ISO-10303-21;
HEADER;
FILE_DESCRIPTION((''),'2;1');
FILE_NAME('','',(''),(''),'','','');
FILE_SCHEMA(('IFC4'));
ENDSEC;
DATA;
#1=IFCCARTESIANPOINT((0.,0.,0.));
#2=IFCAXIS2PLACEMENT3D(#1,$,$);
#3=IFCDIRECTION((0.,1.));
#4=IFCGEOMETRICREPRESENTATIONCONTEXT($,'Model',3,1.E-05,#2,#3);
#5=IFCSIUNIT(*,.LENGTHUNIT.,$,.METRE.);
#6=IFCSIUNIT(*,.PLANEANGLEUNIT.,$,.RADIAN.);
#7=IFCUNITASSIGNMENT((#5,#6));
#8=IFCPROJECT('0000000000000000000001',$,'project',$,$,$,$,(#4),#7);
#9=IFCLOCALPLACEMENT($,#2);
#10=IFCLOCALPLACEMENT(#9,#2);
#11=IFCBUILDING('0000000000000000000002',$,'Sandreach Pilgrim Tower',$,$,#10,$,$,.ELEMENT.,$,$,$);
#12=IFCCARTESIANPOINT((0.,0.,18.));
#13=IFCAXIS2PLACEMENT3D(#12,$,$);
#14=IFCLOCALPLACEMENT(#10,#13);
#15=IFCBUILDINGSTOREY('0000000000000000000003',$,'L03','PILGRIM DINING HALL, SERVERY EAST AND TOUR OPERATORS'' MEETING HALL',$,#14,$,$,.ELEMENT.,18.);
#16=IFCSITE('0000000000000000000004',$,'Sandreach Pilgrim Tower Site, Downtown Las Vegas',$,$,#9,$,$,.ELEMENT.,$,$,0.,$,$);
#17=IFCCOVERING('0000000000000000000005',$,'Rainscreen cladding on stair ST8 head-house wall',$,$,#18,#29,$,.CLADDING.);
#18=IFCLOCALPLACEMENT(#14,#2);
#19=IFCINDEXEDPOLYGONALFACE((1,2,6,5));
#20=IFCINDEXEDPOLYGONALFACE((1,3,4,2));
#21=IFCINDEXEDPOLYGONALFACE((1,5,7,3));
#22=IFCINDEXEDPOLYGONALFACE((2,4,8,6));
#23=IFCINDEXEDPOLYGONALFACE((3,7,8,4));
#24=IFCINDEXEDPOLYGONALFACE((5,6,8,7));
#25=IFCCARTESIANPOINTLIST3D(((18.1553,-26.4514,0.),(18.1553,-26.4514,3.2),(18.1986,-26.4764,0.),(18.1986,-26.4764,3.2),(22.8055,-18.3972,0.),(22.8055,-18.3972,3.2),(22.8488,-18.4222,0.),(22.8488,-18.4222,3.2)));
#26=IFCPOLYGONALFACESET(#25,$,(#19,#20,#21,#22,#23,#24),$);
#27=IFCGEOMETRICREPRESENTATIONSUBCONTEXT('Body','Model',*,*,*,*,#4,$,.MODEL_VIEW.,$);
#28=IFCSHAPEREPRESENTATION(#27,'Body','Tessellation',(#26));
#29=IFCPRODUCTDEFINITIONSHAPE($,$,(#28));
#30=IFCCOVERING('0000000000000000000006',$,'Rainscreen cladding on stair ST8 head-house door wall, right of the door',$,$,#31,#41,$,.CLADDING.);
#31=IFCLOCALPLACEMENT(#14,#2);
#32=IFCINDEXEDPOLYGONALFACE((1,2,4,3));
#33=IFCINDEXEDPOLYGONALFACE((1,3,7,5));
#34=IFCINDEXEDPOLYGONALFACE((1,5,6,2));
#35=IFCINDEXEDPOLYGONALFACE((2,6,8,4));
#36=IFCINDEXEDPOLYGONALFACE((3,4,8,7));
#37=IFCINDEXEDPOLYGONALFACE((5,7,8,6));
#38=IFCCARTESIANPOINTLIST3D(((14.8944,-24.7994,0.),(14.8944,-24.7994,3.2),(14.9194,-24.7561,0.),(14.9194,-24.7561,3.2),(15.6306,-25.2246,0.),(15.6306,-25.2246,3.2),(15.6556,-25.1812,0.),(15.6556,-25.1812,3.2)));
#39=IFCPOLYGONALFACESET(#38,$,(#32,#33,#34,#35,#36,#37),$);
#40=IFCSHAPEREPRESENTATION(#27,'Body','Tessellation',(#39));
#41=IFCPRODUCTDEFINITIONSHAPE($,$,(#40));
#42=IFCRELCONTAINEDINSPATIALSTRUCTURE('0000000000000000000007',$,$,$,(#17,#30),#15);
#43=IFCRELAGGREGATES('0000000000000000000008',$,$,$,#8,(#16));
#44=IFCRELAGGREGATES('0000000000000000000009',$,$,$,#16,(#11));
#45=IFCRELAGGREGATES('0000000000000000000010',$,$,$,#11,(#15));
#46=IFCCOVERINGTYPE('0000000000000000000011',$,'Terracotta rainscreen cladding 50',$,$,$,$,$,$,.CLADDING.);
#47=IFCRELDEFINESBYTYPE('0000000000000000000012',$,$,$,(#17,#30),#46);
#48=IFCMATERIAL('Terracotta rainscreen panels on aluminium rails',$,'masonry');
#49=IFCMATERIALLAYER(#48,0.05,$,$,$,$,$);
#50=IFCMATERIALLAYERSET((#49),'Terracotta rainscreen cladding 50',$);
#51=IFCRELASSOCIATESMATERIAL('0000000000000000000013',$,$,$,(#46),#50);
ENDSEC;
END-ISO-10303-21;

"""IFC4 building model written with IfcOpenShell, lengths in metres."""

from ifc_helpers import new_model, si_unit, direction, frame, frame_2d, origin, place, context, subcontext, project, spatial, rectangle, extrude, material, layer, layer_set, type_object, element, save


model = new_model("IFC4")

# Units and contexts
model_context = context("Model", 3, precision=1e-05, world=origin(), true_north=direction((0.0, 1.0)))
body_context = subcontext(model_context, "Body", "Model", "MODEL_VIEW")
ifc_project = project(units=[si_unit("LENGTHUNIT", "METRE"), si_unit("PLANEANGLEUNIT", "RADIAN")], contexts=[model_context])

# Site, building, storey
site_placement = place(None, origin())
site = spatial("IfcSite", under=ifc_project, at=site_placement, Name="Sandreach Pilgrim Tower Site, Downtown Las Vegas", CompositionType="ELEMENT", RefElevation=0.0)
building_placement = place(site_placement, origin())
building = spatial("IfcBuilding", under=site, at=building_placement, Name="Sandreach Pilgrim Tower", CompositionType="ELEMENT")
storey_placement = place(building_placement, frame((0.0, 0.0, 18.0)))
storey = spatial("IfcBuildingStorey", under=building, at=storey_placement, Name="L03", Description="PILGRIM DINING HALL, SERVERY EAST AND TOUR OPERATORS' MEETING HALL", CompositionType="ELEMENT", Elevation=18.0)

# Coverings
ifc_material_1 = material(Name="Terracotta rainscreen panels on aluminium rails", Category="masonry")
ifc_layer_1 = layer(ifc_material_1, 0.05)
ifc_layer_set_1 = layer_set([ifc_layer_1], Name="Terracotta rainscreen cladding 50")
covering_type = type_object("IfcCoveringType", Name="Terracotta rainscreen cladding 50", PredefinedType="CLADDING", material=ifc_layer_set_1)
covering_1_placement = place(storey_placement, frame((22.8271, -18.4097, 0.0), z_axis=(0.0, 0.0, 1.0), x_axis=(-0.500004, -0.866023, 0.0)))
element("IfcCovering", 1, at=covering_1_placement, inside=storey, type_object=covering_type, Name="Rainscreen cladding on stair ST8 head-house wall", PredefinedType="CLADDING", context=body_context, shape_type="SweptSolid", body=[
    extrude(rectangle(XDim=9.3003, YDim=0.05, at=frame_2d((4.6501, 0.0))), origin(), (0.0, 0.0, 1.0), 3.2),
])
covering_2_placement = place(storey_placement, frame((15.6431, -25.2029, 0.0), z_axis=(0.0, 0.0, 1.0), x_axis=(-0.865989, 0.500062, 0.0)))
element("IfcCovering", 2, at=covering_2_placement, inside=storey, type_object=covering_type, Name="Rainscreen cladding on stair ST8 head-house door wall, right of the door", PredefinedType="CLADDING", context=body_context, shape_type="SweptSolid", body=[
    extrude(rectangle(XDim=0.8501, YDim=0.05, at=frame_2d((0.425, 0.0))), origin(), (0.0, 0.0, 1.0), 3.2),
])

save(model, "model.ifc")
